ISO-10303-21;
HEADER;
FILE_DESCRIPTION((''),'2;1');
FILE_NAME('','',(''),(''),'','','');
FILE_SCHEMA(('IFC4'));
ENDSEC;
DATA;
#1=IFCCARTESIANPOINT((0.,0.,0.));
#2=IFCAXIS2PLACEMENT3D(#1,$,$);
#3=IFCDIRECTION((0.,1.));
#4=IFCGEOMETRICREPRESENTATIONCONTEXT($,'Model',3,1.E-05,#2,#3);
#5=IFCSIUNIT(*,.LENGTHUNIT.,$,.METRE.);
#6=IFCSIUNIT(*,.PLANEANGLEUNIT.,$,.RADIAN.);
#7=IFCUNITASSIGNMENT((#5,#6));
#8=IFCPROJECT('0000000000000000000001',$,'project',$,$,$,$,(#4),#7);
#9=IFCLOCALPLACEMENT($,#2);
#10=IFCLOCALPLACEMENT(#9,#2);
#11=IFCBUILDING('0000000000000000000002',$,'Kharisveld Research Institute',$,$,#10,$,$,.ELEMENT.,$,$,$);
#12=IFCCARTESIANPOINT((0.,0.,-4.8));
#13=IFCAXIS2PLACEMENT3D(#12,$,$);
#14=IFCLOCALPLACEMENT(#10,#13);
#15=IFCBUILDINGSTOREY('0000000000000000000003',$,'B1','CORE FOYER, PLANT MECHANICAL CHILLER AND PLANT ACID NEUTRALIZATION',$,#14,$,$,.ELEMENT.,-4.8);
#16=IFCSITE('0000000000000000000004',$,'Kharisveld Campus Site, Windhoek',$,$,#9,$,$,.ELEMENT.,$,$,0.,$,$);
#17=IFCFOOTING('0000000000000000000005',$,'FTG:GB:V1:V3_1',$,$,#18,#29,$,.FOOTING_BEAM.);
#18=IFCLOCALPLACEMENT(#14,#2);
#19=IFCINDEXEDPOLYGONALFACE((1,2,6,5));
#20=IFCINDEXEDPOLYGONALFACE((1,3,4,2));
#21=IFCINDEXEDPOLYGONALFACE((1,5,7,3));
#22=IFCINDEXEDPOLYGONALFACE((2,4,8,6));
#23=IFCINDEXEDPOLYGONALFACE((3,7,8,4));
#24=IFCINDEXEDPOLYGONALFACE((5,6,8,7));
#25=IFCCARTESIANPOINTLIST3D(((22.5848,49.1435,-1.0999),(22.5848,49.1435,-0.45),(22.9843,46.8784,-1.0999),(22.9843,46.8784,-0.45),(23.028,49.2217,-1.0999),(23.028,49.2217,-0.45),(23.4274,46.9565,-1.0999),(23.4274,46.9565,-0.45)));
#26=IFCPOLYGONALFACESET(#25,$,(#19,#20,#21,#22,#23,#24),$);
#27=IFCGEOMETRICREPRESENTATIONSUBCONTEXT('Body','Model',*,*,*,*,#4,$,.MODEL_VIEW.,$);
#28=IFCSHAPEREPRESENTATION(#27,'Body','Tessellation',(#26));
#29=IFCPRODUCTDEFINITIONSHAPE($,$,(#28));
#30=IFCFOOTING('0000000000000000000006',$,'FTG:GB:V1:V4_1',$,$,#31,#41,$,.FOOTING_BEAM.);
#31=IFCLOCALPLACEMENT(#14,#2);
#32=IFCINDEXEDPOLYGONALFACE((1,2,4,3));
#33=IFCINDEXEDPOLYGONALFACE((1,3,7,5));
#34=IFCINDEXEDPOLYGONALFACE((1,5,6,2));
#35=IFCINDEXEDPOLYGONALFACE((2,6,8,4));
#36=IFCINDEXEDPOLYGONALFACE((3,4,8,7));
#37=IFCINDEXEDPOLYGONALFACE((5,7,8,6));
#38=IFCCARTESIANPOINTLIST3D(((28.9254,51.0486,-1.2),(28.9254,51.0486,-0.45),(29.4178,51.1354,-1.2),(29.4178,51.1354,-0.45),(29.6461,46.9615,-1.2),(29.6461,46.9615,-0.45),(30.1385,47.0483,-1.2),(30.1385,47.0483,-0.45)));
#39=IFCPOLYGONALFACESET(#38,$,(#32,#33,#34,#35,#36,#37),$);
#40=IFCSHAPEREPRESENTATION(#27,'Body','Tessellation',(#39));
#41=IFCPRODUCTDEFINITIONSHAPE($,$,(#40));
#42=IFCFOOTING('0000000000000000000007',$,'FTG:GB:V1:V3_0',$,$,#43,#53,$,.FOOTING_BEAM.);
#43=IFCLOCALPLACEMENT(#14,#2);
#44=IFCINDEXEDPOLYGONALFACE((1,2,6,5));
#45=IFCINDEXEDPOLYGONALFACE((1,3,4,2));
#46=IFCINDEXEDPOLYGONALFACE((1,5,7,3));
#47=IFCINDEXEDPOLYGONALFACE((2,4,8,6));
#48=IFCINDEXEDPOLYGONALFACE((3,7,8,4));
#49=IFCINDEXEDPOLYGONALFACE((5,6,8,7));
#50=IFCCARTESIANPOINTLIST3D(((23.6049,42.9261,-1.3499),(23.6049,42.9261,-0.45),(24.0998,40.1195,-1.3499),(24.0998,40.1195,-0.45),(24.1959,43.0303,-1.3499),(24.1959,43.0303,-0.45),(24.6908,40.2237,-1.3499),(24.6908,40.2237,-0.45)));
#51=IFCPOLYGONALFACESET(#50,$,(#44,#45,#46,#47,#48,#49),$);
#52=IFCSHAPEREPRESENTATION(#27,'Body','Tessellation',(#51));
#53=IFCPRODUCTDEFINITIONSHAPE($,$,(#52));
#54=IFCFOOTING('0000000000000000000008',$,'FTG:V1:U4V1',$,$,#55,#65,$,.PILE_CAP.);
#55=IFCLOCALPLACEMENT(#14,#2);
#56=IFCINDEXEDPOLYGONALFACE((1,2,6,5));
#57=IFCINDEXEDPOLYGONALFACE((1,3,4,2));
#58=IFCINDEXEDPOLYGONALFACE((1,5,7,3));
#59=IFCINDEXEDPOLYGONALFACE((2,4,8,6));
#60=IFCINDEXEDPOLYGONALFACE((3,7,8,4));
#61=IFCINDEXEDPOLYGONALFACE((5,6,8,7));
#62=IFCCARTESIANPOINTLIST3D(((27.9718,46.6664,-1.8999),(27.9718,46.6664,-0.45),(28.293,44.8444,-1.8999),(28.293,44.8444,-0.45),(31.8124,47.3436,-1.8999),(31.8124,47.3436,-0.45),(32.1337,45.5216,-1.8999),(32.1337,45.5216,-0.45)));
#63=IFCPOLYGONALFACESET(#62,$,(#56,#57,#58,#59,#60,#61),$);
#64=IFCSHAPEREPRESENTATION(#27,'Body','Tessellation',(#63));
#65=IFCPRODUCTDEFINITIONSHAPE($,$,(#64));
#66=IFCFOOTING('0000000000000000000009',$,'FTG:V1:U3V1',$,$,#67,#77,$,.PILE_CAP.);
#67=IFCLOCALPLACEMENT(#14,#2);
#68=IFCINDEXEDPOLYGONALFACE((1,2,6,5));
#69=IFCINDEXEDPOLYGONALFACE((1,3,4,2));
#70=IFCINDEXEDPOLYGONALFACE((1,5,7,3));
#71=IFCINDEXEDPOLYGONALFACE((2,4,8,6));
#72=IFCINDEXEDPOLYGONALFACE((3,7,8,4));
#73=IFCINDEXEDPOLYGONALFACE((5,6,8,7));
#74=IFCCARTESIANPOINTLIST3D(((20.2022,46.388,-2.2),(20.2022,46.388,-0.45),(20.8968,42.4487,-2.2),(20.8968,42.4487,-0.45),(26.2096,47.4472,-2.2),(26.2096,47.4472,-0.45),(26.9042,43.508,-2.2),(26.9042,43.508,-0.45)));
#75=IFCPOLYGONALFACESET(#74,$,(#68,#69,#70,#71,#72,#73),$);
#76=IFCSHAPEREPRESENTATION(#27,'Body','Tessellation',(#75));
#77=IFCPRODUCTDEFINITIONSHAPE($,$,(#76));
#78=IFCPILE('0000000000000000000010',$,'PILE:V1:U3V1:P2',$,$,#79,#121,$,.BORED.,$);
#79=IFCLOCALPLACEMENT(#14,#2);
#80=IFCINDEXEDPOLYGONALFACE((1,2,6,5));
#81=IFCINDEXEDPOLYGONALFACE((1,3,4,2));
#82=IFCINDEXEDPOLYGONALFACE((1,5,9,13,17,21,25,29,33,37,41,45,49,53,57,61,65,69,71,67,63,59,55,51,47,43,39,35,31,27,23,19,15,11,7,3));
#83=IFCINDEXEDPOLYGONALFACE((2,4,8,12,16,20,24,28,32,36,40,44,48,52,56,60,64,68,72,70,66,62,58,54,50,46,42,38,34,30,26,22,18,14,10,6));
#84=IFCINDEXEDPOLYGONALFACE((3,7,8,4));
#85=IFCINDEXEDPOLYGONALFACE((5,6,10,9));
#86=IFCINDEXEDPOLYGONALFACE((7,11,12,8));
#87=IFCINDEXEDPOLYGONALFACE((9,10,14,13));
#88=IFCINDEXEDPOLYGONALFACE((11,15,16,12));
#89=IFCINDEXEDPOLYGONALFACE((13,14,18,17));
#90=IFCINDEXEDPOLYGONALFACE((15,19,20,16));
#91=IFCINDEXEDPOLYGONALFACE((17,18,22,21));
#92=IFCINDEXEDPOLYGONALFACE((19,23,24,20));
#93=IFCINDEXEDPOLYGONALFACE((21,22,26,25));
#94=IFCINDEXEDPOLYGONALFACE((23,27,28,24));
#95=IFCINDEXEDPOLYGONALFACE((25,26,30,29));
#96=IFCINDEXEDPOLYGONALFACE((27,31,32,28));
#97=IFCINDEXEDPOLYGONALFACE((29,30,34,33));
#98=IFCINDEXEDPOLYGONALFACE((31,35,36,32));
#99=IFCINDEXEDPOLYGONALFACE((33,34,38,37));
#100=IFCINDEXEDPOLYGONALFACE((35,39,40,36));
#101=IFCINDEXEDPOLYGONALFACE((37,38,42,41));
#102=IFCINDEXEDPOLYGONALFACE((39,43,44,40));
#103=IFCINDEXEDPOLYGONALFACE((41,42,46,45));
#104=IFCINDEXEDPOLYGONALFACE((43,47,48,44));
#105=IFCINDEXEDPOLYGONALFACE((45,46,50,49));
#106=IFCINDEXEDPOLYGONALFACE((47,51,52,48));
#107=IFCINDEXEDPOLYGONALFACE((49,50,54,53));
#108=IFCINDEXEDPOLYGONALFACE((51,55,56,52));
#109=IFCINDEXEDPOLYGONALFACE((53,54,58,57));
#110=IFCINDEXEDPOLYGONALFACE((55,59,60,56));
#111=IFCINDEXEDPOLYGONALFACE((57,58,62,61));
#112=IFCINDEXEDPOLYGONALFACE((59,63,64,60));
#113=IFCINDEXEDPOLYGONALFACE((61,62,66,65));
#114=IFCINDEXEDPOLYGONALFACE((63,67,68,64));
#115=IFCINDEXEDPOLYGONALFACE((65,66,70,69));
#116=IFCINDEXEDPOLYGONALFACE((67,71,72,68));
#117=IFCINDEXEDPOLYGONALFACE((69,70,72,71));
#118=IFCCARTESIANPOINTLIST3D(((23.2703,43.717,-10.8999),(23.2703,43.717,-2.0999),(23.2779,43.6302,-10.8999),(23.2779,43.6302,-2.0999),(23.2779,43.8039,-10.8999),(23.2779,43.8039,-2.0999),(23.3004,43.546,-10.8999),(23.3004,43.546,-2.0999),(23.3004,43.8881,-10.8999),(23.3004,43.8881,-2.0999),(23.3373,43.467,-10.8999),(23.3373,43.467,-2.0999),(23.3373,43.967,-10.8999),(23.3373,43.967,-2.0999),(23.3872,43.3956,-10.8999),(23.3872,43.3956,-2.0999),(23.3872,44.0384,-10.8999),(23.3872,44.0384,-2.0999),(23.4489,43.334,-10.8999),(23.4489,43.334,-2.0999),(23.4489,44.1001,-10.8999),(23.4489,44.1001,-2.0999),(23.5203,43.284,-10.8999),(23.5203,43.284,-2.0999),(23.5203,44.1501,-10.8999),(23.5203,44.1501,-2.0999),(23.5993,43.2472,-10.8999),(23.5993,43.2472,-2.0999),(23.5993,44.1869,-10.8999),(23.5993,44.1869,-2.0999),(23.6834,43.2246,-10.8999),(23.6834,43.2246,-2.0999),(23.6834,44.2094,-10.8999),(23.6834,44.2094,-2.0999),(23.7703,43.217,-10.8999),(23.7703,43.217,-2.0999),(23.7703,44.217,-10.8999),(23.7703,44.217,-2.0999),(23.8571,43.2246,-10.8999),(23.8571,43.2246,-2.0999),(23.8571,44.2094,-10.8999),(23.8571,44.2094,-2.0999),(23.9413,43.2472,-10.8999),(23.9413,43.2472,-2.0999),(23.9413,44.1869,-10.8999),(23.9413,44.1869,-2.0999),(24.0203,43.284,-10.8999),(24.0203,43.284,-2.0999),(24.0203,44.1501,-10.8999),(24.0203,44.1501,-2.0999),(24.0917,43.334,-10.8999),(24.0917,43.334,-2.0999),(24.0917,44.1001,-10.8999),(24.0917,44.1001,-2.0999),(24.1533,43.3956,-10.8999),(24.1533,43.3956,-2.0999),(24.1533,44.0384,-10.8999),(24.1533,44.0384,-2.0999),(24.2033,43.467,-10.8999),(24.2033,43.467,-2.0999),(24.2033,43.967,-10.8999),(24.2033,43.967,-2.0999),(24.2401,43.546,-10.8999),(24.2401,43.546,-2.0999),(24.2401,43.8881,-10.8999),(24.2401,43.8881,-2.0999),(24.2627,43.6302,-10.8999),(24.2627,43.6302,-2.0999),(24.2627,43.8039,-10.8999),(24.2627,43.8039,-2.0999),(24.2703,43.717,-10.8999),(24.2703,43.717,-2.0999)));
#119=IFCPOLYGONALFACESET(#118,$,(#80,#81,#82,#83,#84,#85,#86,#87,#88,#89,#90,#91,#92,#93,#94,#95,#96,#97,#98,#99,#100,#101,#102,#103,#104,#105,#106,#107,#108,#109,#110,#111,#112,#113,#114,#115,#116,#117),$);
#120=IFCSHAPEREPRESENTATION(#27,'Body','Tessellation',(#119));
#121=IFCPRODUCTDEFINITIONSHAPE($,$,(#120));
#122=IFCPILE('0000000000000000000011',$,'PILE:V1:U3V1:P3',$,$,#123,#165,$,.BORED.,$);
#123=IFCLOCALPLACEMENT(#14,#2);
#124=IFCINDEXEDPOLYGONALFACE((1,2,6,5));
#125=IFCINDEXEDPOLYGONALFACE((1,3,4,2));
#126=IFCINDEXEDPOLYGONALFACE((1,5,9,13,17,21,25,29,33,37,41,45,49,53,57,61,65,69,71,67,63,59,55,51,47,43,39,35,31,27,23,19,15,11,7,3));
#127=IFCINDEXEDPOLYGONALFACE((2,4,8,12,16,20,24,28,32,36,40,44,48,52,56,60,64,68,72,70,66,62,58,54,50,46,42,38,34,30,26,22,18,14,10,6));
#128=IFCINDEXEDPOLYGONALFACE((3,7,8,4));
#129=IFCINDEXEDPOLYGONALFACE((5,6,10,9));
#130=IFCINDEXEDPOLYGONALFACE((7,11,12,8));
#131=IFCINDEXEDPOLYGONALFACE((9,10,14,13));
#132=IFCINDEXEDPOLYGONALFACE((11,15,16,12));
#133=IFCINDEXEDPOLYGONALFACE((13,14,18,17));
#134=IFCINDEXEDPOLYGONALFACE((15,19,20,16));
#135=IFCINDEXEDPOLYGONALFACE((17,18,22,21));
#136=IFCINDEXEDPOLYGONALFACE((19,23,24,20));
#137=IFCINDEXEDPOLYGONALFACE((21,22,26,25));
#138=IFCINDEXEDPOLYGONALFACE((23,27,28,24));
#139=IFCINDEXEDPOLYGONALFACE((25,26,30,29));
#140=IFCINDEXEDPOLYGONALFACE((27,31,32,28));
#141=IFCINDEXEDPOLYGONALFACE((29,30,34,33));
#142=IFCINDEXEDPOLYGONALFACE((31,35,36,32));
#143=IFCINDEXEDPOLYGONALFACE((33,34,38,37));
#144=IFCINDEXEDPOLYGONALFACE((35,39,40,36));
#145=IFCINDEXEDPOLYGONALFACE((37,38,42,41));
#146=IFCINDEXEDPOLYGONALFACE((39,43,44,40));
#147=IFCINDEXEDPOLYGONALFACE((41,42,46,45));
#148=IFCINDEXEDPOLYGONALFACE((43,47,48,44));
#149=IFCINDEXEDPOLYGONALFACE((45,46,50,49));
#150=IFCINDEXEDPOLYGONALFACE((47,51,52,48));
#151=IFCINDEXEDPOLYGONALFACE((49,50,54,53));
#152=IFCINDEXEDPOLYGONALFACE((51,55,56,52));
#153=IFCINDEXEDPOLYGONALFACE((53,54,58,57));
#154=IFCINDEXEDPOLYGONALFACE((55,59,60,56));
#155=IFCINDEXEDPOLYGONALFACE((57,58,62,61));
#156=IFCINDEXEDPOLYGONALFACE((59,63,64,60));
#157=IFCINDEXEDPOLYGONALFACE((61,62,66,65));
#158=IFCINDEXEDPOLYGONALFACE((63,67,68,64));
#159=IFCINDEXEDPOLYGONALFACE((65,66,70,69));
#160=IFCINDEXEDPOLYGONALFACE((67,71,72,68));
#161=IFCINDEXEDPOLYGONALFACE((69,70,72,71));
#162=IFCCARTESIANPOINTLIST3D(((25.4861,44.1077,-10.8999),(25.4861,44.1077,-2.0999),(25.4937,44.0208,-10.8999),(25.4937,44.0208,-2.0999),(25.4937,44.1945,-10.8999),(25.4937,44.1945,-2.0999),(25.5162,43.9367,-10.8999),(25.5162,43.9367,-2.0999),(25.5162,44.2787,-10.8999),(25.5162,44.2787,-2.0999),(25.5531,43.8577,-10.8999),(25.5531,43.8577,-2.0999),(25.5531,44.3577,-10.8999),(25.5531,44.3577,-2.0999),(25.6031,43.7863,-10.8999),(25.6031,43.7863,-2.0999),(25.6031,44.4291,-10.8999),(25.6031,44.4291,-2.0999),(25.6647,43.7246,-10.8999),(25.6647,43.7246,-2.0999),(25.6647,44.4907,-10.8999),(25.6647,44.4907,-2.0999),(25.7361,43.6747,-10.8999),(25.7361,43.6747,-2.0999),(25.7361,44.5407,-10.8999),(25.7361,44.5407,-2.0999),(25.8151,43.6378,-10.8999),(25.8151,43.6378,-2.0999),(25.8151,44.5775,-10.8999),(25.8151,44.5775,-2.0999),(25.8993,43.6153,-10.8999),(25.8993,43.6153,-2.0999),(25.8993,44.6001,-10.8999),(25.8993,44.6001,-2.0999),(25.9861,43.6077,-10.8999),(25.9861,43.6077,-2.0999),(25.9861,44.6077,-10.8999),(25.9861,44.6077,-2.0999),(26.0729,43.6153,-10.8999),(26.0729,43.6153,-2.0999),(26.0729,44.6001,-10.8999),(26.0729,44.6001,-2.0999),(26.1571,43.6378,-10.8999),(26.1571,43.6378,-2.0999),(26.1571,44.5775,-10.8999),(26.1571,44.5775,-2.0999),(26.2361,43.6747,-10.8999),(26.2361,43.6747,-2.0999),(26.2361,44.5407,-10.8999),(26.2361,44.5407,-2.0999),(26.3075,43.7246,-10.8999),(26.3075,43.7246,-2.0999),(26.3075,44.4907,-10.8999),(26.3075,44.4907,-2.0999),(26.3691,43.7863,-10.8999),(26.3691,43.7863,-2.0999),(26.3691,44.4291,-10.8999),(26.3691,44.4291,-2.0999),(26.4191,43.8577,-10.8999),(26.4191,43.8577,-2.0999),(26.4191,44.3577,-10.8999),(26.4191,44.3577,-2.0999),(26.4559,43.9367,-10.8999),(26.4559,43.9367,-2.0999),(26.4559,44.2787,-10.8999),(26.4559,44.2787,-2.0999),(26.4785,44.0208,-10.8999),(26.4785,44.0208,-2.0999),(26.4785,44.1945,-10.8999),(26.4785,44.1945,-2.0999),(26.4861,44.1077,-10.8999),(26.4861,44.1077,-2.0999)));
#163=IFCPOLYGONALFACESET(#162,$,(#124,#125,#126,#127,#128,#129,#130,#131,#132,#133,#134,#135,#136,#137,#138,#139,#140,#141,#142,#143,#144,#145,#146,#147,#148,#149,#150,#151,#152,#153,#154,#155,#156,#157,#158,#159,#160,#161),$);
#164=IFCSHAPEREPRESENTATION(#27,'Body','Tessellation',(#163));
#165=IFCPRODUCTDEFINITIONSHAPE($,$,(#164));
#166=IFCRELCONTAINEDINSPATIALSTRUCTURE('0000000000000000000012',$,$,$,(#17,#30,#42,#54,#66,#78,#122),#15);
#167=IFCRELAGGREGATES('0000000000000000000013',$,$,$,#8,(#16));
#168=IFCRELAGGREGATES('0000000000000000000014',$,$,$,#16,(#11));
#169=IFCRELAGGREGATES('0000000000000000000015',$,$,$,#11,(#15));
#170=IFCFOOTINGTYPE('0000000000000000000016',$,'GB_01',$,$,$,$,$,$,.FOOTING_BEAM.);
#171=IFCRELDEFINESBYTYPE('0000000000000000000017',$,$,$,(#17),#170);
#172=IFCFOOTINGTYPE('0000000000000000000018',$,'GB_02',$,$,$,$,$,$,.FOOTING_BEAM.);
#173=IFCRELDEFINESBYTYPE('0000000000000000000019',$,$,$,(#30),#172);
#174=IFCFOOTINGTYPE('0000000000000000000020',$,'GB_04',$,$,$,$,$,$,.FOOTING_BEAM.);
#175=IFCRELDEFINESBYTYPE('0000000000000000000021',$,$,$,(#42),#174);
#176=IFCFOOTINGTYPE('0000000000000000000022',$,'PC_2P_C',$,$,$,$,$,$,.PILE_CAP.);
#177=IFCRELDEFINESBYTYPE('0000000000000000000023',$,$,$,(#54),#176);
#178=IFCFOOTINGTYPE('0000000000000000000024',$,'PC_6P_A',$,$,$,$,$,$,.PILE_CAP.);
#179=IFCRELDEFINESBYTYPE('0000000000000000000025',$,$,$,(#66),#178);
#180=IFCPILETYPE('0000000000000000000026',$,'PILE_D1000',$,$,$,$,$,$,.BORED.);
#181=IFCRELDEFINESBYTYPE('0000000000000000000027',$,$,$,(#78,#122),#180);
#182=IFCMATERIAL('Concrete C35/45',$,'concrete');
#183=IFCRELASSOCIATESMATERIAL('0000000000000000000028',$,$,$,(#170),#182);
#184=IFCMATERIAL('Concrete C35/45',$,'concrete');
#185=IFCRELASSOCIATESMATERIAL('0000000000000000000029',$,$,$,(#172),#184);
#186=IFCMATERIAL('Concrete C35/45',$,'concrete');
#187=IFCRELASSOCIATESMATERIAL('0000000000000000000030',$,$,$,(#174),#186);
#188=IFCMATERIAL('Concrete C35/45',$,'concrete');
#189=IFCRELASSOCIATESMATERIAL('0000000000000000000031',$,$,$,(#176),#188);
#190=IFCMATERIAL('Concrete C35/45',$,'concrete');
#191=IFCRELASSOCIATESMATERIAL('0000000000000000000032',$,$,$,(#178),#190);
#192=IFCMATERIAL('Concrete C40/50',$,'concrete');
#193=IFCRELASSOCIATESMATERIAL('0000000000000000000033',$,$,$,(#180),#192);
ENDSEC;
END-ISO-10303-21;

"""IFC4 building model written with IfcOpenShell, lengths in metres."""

from ifc_helpers import new_model, si_unit, direction, frame, origin, origin_2d, place, context, subcontext, project, spatial, rectangle, circle, extrude, material, material_profile, profile_set, type_object, element, save


model = new_model("IFC4")

# Units and contexts
model_context = context("Model", 3, precision=1e-05, world=origin(), true_north=direction((0.0, 1.0)))
body_context = subcontext(model_context, "Body", "Model", "MODEL_VIEW")
ifc_project = project(units=[si_unit("LENGTHUNIT", "METRE"), si_unit("PLANEANGLEUNIT", "RADIAN")], contexts=[model_context])

# Site, building, storey
site_placement = place(None, origin())
site = spatial("IfcSite", under=ifc_project, at=site_placement, Name="Kharisveld Campus Site, Windhoek", CompositionType="ELEMENT", RefElevation=0.0)
building_placement = place(site_placement, origin())
building = spatial("IfcBuilding", under=site, at=building_placement, Name="Kharisveld Research Institute", CompositionType="ELEMENT")
storey_placement = place(building_placement, frame((0.0, 0.0, -4.8)))
storey = spatial("IfcBuildingStorey", under=building, at=storey_placement, Name="B1", Description="CORE FOYER, PLANT MECHANICAL CHILLER AND PLANT ACID NEUTRALIZATION", CompositionType="ELEMENT", Elevation=-4.8)

# Footings
ifc_material_1 = material(Name="Concrete C35/45", Category="concrete")
ifc_material_profile_1 = material_profile(ifc_material_1, rectangle(XDim=0.45, YDim=0.6499, at=origin_2d()))
ifc_profile_set_1 = profile_set([ifc_material_profile_1], Name="Concrete C35/45")
footing_type_1 = type_object("IfcFootingType", Name="GB_01", PredefinedType="FOOTING_BEAM", material=ifc_profile_set_1)
footing_1_placement = place(storey_placement, frame((23.2058, 46.9175, -0.7749), z_axis=(-0.173652, 0.984807, 0.0), x_axis=(-0.984807, -0.173652, 0.0)))
element("IfcFooting", 1, at=footing_1_placement, inside=storey, type_object=footing_type_1, Name="FTG:GB:V1:V3_1", PredefinedType="FOOTING_BEAM", context=body_context, shape_type="SweptSolid", body=[
    extrude(rectangle(XDim=0.45, YDim=0.6499, at=origin_2d()), origin(), (0.0, 0.0, 1.0), 2.3),
])
ifc_material_2 = material(Name="Concrete C35/45", Category="concrete")
ifc_material_profile_2 = material_profile(ifc_material_2, rectangle(XDim=0.5, YDim=0.75, at=origin_2d()))
ifc_profile_set_2 = profile_set([ifc_material_profile_2], Name="Concrete C35/45")
footing_type_2 = type_object("IfcFootingType", Name="GB_02", PredefinedType="FOOTING_BEAM", material=ifc_profile_set_2)
footing_2_placement = place(storey_placement, frame((29.8923, 47.0049, -0.825), z_axis=(-0.173654, 0.984807, 0.0), x_axis=(-0.984807, -0.173654, 0.0)))
element("IfcFooting", 2, at=footing_2_placement, inside=storey, type_object=footing_type_2, Name="FTG:GB:V1:V4_1", PredefinedType="FOOTING_BEAM", context=body_context, shape_type="SweptSolid", body=[
    extrude(rectangle(XDim=0.5, YDim=0.75, at=origin_2d()), origin(), (0.0, 0.0, 1.0), 4.1501),
])
ifc_material_3 = material(Name="Concrete C35/45", Category="concrete")
ifc_material_profile_3 = material_profile(ifc_material_3, rectangle(XDim=0.6001, YDim=0.8999, at=origin_2d()))
ifc_profile_set_3 = profile_set([ifc_material_profile_3], Name="Concrete C35/45")
footing_type_3 = type_object("IfcFootingType", Name="GB_04", PredefinedType="FOOTING_BEAM", material=ifc_profile_set_3)
footing_3_placement = place(storey_placement, frame((24.3953, 40.1716, -0.8999), z_axis=(-0.173644, 0.984809, 0.0), x_axis=(-0.984809, -0.173644, 0.0)))
element("IfcFooting", 3, at=footing_3_placement, inside=storey, type_object=footing_type_3, Name="FTG:GB:V1:V3_0", PredefinedType="FOOTING_BEAM", context=body_context, shape_type="SweptSolid", body=[
    extrude(rectangle(XDim=0.6001, YDim=0.8999, at=origin_2d()), origin(), (0.0, 0.0, 1.0), 2.8499),
])
ifc_material_4 = material(Name="Concrete C35/45", Category="concrete")
footing_type_4 = type_object("IfcFootingType", Name="PC_2P_C", PredefinedType="PILE_CAP", material=ifc_material_4)
footing_4_placement = place(storey_placement, frame((30.0527, 46.094, -1.8999), z_axis=(0.0, 0.0, 1.0), x_axis=(0.984808, 0.173648, 0.0)))
element("IfcFooting", 4, at=footing_4_placement, inside=storey, type_object=footing_type_4, Name="FTG:V1:U4V1", PredefinedType="PILE_CAP", context=body_context, shape_type="SweptSolid", body=[
    extrude(rectangle(XDim=3.8999, YDim=1.8501, at=origin_2d()), origin(), (0.0, 0.0, 1.0), 1.45),
])
ifc_material_5 = material(Name="Concrete C35/45", Category="concrete")
footing_type_5 = type_object("IfcFootingType", Name="PC_6P_A", PredefinedType="PILE_CAP", material=ifc_material_5)
footing_5_placement = place(storey_placement, frame((23.5532, 44.948, -2.2), z_axis=(0.0, 0.0, 1.0), x_axis=(0.984808, 0.173648, 0.0)))
element("IfcFooting", 5, at=footing_5_placement, inside=storey, type_object=footing_type_5, Name="FTG:V1:U3V1", PredefinedType="PILE_CAP", context=body_context, shape_type="SweptSolid", body=[
    extrude(rectangle(XDim=6.1001, YDim=4.0, at=origin_2d()), origin(), (0.0, 0.0, 1.0), 1.75),
])

# Piles
ifc_material_6 = material(Name="Concrete C40/50", Category="concrete")
ifc_material_profile_4 = material_profile(ifc_material_6, circle(Radius=0.5, at=origin_2d()))
ifc_profile_set_4 = profile_set([ifc_material_profile_4], Name="Concrete C40/50")
pile_type_1 = type_object("IfcPileType", Name="PILE_D1000", PredefinedType="BORED", material=ifc_profile_set_4)
for number, where, z_axis, x_axis, name in (
    (6, (23.7703, 43.717, -2.0999), (0.0, 0.0, -1.0), (1.0, 0.0, 0.0), "PILE:V1:U3V1:P2"),
    (7, (25.9861, 44.1077, -2.0999), (0.0, 0.0, -1.0), (1.0, 0.0, 0.0), "PILE:V1:U3V1:P3"),
):
    element("IfcPile", number, at=place(storey_placement, frame(where, z_axis=z_axis, x_axis=x_axis)), inside=storey, type_object=pile_type_1, Name=name, PredefinedType="BORED", context=body_context, shape_type="SweptSolid", body=[
        extrude(circle(Radius=0.5, at=origin_2d()), origin(), (0.0, 0.0, 1.0), 8.8),
    ])

save(model, "model.ifc")
